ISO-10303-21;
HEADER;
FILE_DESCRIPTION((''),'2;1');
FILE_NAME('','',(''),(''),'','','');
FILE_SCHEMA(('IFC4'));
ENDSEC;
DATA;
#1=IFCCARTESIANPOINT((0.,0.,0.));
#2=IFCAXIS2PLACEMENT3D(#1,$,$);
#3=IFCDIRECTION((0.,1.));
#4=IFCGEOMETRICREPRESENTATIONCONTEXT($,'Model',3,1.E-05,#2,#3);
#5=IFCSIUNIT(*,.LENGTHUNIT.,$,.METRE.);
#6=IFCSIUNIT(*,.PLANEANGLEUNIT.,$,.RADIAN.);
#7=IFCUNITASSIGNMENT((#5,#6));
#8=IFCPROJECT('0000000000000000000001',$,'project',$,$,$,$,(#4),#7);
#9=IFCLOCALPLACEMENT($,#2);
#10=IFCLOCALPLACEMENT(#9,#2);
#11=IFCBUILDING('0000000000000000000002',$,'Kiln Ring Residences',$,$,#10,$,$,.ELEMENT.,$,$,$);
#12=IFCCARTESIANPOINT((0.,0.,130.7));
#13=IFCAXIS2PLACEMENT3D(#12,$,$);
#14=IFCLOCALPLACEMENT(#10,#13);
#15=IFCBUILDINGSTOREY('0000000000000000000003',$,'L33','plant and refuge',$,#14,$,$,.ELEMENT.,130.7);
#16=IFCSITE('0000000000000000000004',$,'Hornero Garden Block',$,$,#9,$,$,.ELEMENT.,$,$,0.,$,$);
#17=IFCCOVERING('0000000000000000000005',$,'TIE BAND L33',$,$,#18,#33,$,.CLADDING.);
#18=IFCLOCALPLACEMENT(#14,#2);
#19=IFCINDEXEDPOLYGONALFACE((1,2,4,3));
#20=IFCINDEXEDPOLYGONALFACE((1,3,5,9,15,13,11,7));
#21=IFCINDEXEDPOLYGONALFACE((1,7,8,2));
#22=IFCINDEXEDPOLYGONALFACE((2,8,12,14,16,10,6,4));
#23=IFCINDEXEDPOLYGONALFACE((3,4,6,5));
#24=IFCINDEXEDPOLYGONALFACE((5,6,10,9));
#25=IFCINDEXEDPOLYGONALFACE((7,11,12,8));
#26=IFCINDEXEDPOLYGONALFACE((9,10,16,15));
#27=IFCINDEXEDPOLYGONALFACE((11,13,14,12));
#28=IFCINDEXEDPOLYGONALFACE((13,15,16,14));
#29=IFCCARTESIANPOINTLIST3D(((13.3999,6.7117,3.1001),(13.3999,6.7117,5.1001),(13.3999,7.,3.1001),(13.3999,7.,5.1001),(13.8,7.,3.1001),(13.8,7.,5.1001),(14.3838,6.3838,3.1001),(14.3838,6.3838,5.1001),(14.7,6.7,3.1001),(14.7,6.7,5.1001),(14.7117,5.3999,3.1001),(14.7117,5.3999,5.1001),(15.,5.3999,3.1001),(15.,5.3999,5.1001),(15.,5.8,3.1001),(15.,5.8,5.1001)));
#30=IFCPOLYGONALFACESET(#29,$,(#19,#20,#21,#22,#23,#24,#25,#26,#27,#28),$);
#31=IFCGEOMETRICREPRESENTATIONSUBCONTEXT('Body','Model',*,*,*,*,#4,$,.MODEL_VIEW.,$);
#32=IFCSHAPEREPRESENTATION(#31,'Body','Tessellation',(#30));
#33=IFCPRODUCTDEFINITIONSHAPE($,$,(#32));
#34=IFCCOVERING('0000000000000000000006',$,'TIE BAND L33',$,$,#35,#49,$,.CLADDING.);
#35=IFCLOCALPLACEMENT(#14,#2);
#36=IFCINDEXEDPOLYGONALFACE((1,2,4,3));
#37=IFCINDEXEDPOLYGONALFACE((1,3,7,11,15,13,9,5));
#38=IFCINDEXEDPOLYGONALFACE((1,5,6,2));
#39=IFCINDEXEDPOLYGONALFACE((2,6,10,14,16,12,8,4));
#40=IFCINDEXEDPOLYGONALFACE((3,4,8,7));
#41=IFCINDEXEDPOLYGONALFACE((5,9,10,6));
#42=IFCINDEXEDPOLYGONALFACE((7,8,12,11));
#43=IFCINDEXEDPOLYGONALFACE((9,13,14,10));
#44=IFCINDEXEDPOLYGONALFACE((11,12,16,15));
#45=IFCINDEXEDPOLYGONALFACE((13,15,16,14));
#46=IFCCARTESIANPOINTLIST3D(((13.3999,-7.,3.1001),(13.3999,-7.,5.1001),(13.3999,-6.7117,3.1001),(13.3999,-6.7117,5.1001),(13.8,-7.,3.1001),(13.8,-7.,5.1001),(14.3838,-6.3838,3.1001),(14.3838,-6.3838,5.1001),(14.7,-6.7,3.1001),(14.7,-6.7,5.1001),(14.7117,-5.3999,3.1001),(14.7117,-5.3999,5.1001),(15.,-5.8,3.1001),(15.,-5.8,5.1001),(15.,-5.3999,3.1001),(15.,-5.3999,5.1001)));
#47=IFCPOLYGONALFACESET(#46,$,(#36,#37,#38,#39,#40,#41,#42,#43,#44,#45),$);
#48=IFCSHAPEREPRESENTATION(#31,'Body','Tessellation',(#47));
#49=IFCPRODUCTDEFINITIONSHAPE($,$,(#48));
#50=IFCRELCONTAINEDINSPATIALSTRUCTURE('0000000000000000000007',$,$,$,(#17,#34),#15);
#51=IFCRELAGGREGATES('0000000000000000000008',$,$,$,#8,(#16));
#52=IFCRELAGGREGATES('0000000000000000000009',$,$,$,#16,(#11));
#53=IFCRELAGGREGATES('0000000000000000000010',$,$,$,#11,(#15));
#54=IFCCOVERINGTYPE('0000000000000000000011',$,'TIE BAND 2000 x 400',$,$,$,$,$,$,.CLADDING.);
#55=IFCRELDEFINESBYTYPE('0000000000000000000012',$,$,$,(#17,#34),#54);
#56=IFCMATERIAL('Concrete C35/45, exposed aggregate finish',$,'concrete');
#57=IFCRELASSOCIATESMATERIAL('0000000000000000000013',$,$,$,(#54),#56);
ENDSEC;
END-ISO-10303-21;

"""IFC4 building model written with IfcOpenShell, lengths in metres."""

from ifc_helpers import new_model, si_unit, direction, frame, origin, place, context, subcontext, project, spatial, polyline, outline, extrude, material, type_object, element, save


model = new_model("IFC4")

# Units and contexts
model_context = context("Model", 3, precision=1e-05, world=origin(), true_north=direction((0.0, 1.0)))
body_context = subcontext(model_context, "Body", "Model", "MODEL_VIEW")
ifc_project = project(units=[si_unit("LENGTHUNIT", "METRE"), si_unit("PLANEANGLEUNIT", "RADIAN")], contexts=[model_context])

# Site, building, storey
site_placement = place(None, origin())
site = spatial("IfcSite", under=ifc_project, at=site_placement, Name="Hornero Garden Block", CompositionType="ELEMENT", RefElevation=0.0)
building_placement = place(site_placement, origin())
building = spatial("IfcBuilding", under=site, at=building_placement, Name="Kiln Ring Residences", CompositionType="ELEMENT")
storey_placement = place(building_placement, frame((0.0, 0.0, 130.7)))
storey = spatial("IfcBuildingStorey", under=building, at=storey_placement, Name="L33", Description="plant and refuge", CompositionType="ELEMENT", Elevation=130.7)

# Coverings
ifc_material_1 = material(Name="Concrete C35/45, exposed aggregate finish", Category="concrete")
covering_type_1 = type_object("IfcCoveringType", Name="TIE BAND 2000 x 400", PredefinedType="CLADDING", material=ifc_material_1)
placement_1 = place(storey_placement, frame((0.0, 0.0, 3.1001)))
element("IfcCovering", 1, at=placement_1, inside=storey, type_object=covering_type_1, Name="TIE BAND L33", PredefinedType="CLADDING", context=body_context, shape_type="SweptSolid", body=[
    extrude(outline(polyline([(13.8, 7.0), (13.3999, 7.0), (13.3999, 6.7117), (14.3838, 6.3838), (14.7117, 5.3999), (15.0, 5.3999), (15.0, 5.8), (14.7, 6.7), (13.8, 7.0)])), origin(), (0.0, 0.0, 1.0), 2.0),
])
element("IfcCovering", 2, at=placement_1, inside=storey, type_object=covering_type_1, Name="TIE BAND L33", PredefinedType="CLADDING", context=body_context, shape_type="SweptSolid", body=[
    extrude(outline(polyline([(15.0, -5.8), (15.0, -5.3999), (14.7117, -5.3999), (14.3838, -6.3838), (13.3999, -6.7117), (13.3999, -7.0), (13.8, -7.0), (14.7, -6.7), (15.0, -5.8)])), origin(), (0.0, 0.0, 1.0), 2.0),
])

save(model, "model.ifc")
